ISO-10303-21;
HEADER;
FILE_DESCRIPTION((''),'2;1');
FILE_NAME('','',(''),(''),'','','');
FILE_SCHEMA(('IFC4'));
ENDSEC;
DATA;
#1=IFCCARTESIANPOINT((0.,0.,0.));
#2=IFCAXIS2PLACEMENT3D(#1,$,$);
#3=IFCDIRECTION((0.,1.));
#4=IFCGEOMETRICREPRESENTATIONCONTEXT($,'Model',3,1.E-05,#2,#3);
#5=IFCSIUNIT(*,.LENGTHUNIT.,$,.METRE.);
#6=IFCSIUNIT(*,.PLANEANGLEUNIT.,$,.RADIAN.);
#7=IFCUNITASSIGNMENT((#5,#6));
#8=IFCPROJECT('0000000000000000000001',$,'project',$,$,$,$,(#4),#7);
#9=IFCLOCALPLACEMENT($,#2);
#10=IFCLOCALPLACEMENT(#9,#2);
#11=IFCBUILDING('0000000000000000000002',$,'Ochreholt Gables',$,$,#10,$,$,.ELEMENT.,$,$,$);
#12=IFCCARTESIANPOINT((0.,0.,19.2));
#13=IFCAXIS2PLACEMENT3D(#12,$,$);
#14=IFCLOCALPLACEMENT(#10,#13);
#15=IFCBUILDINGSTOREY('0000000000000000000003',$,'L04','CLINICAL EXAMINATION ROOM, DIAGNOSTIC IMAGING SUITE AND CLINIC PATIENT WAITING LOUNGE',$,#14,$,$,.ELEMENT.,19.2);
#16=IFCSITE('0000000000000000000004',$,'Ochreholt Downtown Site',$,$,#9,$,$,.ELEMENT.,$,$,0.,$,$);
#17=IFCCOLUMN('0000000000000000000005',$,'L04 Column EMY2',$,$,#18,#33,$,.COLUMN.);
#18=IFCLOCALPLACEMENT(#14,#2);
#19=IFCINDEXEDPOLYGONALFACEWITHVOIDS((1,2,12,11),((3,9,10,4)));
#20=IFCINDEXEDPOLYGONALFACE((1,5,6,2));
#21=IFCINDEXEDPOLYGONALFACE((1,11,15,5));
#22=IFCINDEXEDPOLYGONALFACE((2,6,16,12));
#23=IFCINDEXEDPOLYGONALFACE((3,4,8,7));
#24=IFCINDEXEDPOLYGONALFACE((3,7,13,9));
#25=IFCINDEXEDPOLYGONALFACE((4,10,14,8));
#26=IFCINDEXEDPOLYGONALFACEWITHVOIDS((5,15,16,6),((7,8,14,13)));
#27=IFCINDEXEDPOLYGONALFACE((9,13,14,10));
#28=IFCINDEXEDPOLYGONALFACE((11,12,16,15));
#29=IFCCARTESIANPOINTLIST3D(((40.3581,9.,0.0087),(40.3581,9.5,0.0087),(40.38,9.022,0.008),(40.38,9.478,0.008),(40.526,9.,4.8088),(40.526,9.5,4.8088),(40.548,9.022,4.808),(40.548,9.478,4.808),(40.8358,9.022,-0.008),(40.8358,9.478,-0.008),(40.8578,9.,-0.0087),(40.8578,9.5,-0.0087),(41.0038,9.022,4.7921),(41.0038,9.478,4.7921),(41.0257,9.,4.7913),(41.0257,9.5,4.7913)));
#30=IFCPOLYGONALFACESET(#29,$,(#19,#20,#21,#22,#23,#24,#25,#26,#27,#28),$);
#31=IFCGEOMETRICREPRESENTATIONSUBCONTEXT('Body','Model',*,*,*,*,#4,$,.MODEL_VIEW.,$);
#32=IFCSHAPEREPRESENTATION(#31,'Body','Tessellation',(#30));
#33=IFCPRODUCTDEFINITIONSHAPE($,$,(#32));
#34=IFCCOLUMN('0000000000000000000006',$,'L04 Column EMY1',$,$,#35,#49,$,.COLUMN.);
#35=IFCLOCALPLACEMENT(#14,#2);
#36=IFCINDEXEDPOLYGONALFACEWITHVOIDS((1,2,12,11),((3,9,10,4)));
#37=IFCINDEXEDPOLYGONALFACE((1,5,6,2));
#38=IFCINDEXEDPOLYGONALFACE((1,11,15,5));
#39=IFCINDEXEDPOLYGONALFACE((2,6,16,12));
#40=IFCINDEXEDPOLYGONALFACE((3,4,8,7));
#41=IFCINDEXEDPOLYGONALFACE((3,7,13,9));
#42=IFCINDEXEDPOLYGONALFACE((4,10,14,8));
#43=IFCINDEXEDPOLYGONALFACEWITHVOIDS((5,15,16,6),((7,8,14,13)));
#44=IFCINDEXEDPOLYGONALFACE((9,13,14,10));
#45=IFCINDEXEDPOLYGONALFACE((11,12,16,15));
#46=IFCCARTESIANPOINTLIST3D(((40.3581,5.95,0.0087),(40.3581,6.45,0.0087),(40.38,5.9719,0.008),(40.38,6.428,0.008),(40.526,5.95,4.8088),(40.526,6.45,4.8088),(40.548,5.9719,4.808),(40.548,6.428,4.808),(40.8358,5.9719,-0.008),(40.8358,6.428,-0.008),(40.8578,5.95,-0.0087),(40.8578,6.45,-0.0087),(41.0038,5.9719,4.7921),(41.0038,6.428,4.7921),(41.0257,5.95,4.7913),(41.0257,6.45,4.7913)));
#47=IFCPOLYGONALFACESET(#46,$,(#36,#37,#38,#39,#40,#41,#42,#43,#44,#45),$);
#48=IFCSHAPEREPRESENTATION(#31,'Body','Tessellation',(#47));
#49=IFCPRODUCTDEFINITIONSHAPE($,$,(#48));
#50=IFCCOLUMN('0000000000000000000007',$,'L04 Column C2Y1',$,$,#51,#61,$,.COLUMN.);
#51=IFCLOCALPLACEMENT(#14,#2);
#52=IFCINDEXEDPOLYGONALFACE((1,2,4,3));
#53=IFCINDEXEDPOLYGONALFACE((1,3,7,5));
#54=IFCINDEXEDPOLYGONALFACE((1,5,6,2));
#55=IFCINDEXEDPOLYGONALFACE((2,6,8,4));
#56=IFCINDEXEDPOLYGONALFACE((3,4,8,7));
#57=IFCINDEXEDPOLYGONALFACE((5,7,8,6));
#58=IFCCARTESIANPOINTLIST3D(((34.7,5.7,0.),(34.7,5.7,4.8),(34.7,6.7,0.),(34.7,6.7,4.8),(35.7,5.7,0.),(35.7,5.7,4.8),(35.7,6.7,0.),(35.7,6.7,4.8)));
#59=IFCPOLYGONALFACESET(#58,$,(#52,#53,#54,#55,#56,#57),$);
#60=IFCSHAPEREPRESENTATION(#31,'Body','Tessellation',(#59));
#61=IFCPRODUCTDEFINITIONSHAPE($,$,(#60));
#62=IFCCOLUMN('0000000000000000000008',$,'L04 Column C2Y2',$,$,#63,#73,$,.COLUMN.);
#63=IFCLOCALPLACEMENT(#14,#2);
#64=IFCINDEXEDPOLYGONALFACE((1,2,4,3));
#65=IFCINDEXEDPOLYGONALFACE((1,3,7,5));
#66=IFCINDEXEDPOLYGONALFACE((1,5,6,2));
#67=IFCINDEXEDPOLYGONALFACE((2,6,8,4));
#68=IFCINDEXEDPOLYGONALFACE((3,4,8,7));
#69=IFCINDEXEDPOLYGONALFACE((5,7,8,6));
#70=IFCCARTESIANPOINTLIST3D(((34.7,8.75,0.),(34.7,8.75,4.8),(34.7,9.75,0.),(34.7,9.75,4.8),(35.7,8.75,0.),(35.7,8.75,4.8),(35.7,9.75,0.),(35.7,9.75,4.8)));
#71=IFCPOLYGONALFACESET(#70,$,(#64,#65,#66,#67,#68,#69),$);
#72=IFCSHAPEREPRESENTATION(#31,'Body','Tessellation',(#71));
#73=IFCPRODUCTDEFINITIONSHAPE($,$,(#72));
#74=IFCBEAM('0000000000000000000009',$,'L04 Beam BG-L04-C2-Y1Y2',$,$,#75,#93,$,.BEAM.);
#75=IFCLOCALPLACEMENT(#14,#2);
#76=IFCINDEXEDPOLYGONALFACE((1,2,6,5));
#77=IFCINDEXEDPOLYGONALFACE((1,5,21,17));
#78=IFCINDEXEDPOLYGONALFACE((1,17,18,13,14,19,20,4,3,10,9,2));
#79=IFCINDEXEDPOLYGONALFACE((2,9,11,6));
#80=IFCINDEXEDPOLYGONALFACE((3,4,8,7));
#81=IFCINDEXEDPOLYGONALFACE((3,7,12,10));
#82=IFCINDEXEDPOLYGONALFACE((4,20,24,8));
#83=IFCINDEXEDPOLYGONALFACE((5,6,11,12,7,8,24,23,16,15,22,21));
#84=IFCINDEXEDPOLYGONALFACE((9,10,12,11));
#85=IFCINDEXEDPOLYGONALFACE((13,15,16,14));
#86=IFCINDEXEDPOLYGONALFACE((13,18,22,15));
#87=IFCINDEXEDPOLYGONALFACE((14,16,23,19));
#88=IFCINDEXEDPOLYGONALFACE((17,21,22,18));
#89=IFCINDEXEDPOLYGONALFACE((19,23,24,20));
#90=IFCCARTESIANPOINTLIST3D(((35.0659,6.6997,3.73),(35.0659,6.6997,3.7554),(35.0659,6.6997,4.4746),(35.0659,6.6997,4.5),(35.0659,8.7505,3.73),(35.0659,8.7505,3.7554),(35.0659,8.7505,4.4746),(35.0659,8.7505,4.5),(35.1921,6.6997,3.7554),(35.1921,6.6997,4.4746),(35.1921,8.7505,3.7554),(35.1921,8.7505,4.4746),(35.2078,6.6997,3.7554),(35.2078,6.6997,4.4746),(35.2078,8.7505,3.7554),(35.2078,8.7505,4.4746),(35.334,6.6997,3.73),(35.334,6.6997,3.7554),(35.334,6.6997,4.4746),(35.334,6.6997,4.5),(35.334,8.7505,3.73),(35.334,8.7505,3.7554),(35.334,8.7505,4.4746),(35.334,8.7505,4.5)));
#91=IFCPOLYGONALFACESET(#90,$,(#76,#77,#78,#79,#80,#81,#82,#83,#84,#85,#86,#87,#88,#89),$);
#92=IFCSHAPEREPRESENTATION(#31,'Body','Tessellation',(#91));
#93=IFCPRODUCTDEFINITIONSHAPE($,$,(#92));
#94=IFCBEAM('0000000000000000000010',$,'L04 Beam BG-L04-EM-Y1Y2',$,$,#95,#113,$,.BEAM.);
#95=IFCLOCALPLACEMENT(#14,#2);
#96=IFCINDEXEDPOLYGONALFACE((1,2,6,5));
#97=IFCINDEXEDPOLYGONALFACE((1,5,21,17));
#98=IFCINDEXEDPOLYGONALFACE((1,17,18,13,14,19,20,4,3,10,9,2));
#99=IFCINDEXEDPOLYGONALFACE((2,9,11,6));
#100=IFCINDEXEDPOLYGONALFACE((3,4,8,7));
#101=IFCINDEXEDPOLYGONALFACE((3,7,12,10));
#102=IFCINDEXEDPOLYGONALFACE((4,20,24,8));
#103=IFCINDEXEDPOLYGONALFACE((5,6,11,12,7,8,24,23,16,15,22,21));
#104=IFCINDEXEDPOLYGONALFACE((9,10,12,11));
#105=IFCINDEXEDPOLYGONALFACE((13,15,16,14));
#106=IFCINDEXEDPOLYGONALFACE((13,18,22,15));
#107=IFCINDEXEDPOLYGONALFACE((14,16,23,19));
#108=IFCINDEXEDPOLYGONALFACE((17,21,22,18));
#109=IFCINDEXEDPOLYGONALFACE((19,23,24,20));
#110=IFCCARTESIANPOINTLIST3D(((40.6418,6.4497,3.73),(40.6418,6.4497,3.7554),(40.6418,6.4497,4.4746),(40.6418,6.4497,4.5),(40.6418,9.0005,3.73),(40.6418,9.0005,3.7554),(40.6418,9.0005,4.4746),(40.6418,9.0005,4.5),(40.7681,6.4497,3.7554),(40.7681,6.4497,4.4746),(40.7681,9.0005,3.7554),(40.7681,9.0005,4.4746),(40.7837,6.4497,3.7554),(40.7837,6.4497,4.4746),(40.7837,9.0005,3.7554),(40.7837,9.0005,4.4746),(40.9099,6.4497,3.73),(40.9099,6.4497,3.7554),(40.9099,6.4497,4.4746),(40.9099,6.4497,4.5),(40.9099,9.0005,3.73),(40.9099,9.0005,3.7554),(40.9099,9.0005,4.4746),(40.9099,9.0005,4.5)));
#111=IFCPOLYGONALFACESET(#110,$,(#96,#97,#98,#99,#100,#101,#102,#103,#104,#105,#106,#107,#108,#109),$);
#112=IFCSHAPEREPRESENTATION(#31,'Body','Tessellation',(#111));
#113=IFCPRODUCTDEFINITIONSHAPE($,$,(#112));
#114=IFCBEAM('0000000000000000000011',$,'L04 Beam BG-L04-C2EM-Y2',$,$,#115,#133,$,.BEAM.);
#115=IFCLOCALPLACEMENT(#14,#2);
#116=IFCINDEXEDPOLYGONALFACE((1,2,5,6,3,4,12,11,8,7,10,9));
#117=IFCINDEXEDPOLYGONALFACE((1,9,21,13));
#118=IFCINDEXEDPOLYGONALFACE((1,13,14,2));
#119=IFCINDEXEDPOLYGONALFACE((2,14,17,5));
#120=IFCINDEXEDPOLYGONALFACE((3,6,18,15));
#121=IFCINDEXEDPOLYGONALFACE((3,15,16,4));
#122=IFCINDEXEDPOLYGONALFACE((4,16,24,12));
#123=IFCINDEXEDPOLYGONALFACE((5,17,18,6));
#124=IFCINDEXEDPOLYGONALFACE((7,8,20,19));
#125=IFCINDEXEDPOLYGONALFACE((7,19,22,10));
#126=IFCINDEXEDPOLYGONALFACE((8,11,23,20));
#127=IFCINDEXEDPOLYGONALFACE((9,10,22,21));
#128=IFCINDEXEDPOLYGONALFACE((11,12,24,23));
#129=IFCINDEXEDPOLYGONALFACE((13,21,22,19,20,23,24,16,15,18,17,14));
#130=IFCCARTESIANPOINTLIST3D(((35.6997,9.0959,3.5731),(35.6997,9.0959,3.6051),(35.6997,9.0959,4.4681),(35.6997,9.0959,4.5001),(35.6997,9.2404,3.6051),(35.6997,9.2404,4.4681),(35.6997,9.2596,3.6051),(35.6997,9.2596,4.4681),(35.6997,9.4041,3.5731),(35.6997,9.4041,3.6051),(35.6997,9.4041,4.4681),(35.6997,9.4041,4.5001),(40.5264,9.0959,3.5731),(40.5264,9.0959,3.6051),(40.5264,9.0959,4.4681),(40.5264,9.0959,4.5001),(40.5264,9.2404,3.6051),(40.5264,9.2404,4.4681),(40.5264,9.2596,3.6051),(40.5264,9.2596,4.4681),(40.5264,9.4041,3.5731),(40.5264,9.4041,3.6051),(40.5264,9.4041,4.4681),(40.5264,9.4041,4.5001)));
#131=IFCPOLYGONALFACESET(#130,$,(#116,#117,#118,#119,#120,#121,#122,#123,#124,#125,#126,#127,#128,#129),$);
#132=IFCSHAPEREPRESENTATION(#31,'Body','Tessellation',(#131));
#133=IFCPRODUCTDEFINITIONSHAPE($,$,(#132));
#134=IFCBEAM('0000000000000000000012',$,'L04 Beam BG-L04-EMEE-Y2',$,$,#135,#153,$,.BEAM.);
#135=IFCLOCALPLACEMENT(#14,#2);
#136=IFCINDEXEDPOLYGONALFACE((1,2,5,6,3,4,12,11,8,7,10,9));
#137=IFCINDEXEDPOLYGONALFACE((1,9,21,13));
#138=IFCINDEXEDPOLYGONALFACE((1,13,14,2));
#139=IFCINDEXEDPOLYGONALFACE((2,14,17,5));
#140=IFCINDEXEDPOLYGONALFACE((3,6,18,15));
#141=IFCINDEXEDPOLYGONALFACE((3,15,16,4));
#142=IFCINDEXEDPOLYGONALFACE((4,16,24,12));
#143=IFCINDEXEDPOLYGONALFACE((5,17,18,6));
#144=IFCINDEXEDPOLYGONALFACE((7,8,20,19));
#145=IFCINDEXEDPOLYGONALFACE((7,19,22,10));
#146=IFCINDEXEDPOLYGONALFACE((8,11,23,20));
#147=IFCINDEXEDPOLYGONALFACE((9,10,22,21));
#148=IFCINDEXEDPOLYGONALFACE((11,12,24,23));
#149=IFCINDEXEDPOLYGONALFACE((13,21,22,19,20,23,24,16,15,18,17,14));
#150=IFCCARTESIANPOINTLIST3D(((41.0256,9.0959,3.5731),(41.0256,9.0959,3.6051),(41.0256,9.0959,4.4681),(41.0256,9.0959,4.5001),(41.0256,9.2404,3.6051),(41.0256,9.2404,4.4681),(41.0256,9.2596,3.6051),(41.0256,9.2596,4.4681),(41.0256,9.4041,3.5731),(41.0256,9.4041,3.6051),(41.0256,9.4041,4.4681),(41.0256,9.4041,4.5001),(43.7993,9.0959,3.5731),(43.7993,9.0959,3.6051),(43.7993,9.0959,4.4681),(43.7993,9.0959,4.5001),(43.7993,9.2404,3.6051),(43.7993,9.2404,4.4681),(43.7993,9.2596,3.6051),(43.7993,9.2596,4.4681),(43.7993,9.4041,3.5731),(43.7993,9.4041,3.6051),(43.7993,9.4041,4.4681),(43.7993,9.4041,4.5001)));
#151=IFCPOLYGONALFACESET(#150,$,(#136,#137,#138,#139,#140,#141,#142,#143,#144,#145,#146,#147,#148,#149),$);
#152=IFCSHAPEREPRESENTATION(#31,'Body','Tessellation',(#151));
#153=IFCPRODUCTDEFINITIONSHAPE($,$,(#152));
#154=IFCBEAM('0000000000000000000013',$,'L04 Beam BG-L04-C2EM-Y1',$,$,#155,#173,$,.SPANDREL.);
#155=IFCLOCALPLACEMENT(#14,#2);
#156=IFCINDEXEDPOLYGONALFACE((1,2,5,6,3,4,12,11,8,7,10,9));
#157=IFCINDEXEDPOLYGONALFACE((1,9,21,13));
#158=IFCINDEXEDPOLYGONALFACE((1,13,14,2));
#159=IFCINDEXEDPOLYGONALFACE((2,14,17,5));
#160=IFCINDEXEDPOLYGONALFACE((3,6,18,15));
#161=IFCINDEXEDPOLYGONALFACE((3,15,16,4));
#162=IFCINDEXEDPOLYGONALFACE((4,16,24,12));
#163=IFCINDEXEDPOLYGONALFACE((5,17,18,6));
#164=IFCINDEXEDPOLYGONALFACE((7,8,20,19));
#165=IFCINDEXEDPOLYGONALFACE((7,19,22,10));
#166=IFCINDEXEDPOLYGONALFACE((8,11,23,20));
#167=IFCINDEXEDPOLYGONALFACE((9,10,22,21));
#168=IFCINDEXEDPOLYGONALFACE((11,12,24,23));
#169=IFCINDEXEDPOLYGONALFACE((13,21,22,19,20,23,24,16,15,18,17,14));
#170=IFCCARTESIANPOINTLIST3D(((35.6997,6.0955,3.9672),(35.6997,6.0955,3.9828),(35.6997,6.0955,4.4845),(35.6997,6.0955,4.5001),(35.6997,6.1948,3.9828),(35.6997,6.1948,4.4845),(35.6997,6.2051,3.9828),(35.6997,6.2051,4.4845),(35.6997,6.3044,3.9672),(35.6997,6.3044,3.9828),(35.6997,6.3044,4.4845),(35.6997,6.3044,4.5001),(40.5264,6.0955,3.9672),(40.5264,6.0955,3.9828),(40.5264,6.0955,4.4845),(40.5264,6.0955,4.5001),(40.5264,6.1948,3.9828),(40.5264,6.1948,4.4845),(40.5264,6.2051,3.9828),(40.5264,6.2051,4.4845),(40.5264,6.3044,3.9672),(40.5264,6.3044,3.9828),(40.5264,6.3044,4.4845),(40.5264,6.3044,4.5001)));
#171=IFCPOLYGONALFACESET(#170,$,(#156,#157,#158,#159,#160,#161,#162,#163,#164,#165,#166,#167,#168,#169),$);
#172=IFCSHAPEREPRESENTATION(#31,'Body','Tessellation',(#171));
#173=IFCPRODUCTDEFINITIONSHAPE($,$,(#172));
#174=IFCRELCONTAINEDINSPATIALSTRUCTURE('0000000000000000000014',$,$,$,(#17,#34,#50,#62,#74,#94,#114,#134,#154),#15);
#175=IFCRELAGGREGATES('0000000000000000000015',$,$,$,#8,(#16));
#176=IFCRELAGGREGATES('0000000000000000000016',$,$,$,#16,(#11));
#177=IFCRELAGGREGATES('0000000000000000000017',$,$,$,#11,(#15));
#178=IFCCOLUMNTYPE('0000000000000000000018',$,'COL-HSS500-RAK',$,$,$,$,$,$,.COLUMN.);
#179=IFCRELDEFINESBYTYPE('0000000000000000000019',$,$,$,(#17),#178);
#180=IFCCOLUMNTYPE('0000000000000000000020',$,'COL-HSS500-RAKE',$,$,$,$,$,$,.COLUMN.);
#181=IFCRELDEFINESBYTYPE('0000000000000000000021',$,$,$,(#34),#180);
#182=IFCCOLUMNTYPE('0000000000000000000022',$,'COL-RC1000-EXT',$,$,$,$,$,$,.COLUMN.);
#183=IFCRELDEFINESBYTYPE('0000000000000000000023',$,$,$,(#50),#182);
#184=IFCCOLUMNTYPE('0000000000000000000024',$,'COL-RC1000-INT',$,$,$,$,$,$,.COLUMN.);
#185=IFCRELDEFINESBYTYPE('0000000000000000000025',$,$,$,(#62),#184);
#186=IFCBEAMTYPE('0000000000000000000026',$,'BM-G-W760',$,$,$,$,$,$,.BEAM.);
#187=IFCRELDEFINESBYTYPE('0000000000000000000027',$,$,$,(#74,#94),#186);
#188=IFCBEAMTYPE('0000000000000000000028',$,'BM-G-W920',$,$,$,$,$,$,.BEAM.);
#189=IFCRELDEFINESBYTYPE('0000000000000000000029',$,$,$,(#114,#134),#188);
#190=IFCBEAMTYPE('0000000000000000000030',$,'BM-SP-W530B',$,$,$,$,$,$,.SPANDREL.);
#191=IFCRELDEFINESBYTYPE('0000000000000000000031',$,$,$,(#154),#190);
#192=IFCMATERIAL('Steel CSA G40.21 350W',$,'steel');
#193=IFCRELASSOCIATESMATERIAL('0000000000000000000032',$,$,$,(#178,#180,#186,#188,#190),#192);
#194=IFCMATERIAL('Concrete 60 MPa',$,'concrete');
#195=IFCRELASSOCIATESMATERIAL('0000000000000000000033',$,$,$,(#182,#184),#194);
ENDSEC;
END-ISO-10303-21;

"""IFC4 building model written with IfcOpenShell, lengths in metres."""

from ifc_helpers import new_model, si_unit, direction, frame, origin, origin_2d, place, context, subcontext, project, spatial, rectangle, hollow_rectangle, i_section, extrude, material, material_profile, profile_set, type_object, element, save


model = new_model("IFC4")

# Units and contexts
model_context = context("Model", 3, precision=1e-05, world=origin(), true_north=direction((0.0, 1.0)))
body_context = subcontext(model_context, "Body", "Model", "MODEL_VIEW")
ifc_project = project(units=[si_unit("LENGTHUNIT", "METRE"), si_unit("PLANEANGLEUNIT", "RADIAN")], contexts=[model_context])

# Site, building, storey
site_placement = place(None, origin())
site = spatial("IfcSite", under=ifc_project, at=site_placement, Name="Ochreholt Downtown Site", CompositionType="ELEMENT", RefElevation=0.0)
building_placement = place(site_placement, origin())
building = spatial("IfcBuilding", under=site, at=building_placement, Name="Ochreholt Gables", CompositionType="ELEMENT")
storey_placement = place(building_placement, frame((0.0, 0.0, 19.2)))
storey = spatial("IfcBuildingStorey", under=building, at=storey_placement, Name="L04", Description="CLINICAL EXAMINATION ROOM, DIAGNOSTIC IMAGING SUITE AND CLINIC PATIENT WAITING LOUNGE", CompositionType="ELEMENT", Elevation=19.2)

# Columns
ifc_material_1 = material(Name="Steel CSA G40.21 350W", Category="steel")
ifc_material_profile_1 = material_profile(ifc_material_1, hollow_rectangle(XDim=0.5, YDim=0.5, WallThickness=0.022, at=origin_2d()), Name="HSS500X500X22")
ifc_profile_set_1 = profile_set([ifc_material_profile_1], Name="Steel CSA G40.21 350W")
column_type_1 = type_object("IfcColumnType", Name="COL-HSS500-RAK", PredefinedType="COLUMN", material=ifc_profile_set_1)
column_1_placement = place(storey_placement, frame((40.6079, 9.25, 0.0), z_axis=(0.034972, 0.0, 0.999388), x_axis=(0.0, 1.0, 0.0)))
element("IfcColumn", 1, at=column_1_placement, inside=storey, type_object=column_type_1, Name="L04 Column EMY2", PredefinedType="COLUMN", context=body_context, shape_type="SweptSolid", body=[
    extrude(hollow_rectangle(XDim=0.5, YDim=0.5, WallThickness=0.022, at=origin_2d()), origin(), (0.0, 0.0, 1.0), 4.803),
])
ifc_material_profile_2 = material_profile(ifc_material_1, hollow_rectangle(XDim=0.5, YDim=0.5, WallThickness=0.022, at=origin_2d()), Name="HSS500X500X22")
ifc_profile_set_2 = profile_set([ifc_material_profile_2], Name="Steel CSA G40.21 350W")
column_type_2 = type_object("IfcColumnType", Name="COL-HSS500-RAKE", PredefinedType="COLUMN", material=ifc_profile_set_2)
column_2_placement = place(storey_placement, frame((40.6079, 6.2, 0.0), z_axis=(0.034972, 0.0, 0.999388), x_axis=(0.0, 1.0, 0.0)))
element("IfcColumn", 2, at=column_2_placement, inside=storey, type_object=column_type_2, Name="L04 Column EMY1", PredefinedType="COLUMN", context=body_context, shape_type="SweptSolid", body=[
    extrude(hollow_rectangle(XDim=0.5, YDim=0.5, WallThickness=0.022, at=origin_2d()), origin(), (0.0, 0.0, 1.0), 4.803),
])
ifc_material_2 = material(Name="Concrete 60 MPa", Category="concrete")
ifc_material_profile_3 = material_profile(ifc_material_2, rectangle(XDim=1.0, YDim=1.0, at=origin_2d()), Name="RC1000X1000")
ifc_profile_set_3 = profile_set([ifc_material_profile_3], Name="Concrete 60 MPa")
column_type_3 = type_object("IfcColumnType", Name="COL-RC1000-EXT", PredefinedType="COLUMN", material=ifc_profile_set_3)
column_3_placement = place(storey_placement, frame((35.2, 6.2, 0.0), z_axis=(0.0, 0.0, 1.0), x_axis=(1.0, 0.0, 0.0)))
element("IfcColumn", 3, at=column_3_placement, inside=storey, type_object=column_type_3, Name="L04 Column C2Y1", PredefinedType="COLUMN", context=body_context, shape_type="SweptSolid", body=[
    extrude(rectangle(XDim=1.0, YDim=1.0, at=origin_2d()), origin(), (0.0, 0.0, 1.0), 4.8),
])
ifc_material_profile_4 = material_profile(ifc_material_2, rectangle(XDim=1.0, YDim=1.0, at=origin_2d()), Name="RC1000X1000")
ifc_profile_set_4 = profile_set([ifc_material_profile_4], Name="Concrete 60 MPa")
column_type_4 = type_object("IfcColumnType", Name="COL-RC1000-INT", PredefinedType="COLUMN", material=ifc_profile_set_4)
column_4_placement = place(storey_placement, frame((35.2, 9.25, 0.0), z_axis=(0.0, 0.0, 1.0), x_axis=(1.0, 0.0, 0.0)))
element("IfcColumn", 4, at=column_4_placement, inside=storey, type_object=column_type_4, Name="L04 Column C2Y2", PredefinedType="COLUMN", context=body_context, shape_type="SweptSolid", body=[
    extrude(rectangle(XDim=1.0, YDim=1.0, at=origin_2d()), origin(), (0.0, 0.0, 1.0), 4.8),
])

# Beams
ifc_material_profile_5 = material_profile(ifc_material_1, i_section(OverallWidth=0.2681, OverallDepth=0.77, WebThickness=0.0156, FlangeThickness=0.0254, at=origin_2d()), Name="W760X196")
ifc_profile_set_5 = profile_set([ifc_material_profile_5], Name="Steel CSA G40.21 350W")
beam_type_1 = type_object("IfcBeamType", Name="BM-G-W760", PredefinedType="BEAM", material=ifc_profile_set_5)
beam_1_placement = place(storey_placement, frame((35.2, 6.6997, 4.115), z_axis=(0.0, 1.0, 0.0), x_axis=(-1.0, 0.0, 0.0)))
element("IfcBeam", 5, at=beam_1_placement, inside=storey, type_object=beam_type_1, Name="L04 Beam BG-L04-C2-Y1Y2", PredefinedType="BEAM", context=body_context, shape_type="SweptSolid", body=[
    extrude(i_section(OverallWidth=0.2681, OverallDepth=0.77, WebThickness=0.0156, FlangeThickness=0.0254, at=origin_2d()), origin(), (0.0, 0.0, 1.0), 2.0508),
])
beam_2_placement = place(storey_placement, frame((40.7759, 6.4497, 4.115), z_axis=(0.0, 1.0, 0.0), x_axis=(-1.0, 0.0, 0.0)))
element("IfcBeam", 6, at=beam_2_placement, inside=storey, type_object=beam_type_1, Name="L04 Beam BG-L04-EM-Y1Y2", PredefinedType="BEAM", context=body_context, shape_type="SweptSolid", body=[
    extrude(i_section(OverallWidth=0.2681, OverallDepth=0.77, WebThickness=0.0156, FlangeThickness=0.0254, at=origin_2d()), origin(), (0.0, 0.0, 1.0), 2.5508),
])
ifc_material_profile_6 = material_profile(ifc_material_1, i_section(OverallWidth=0.3081, OverallDepth=0.927, WebThickness=0.0193, FlangeThickness=0.032, at=origin_2d()), Name="W920X289")
ifc_profile_set_6 = profile_set([ifc_material_profile_6], Name="Steel CSA G40.21 350W")
beam_type_2 = type_object("IfcBeamType", Name="BM-G-W920", PredefinedType="BEAM", material=ifc_profile_set_6)
beam_3_placement = place(storey_placement, frame((35.6997, 9.25, 4.0366), z_axis=(1.0, 0.0, 0.0), x_axis=(0.0, 1.0, 0.0)))
element("IfcBeam", 7, at=beam_3_placement, inside=storey, type_object=beam_type_2, Name="L04 Beam BG-L04-C2EM-Y2", PredefinedType="BEAM", context=body_context, shape_type="SweptSolid", body=[
    extrude(i_section(OverallWidth=0.3081, OverallDepth=0.927, WebThickness=0.0193, FlangeThickness=0.032, at=origin_2d()), origin(), (0.0, 0.0, 1.0), 4.8267),
])
beam_4_placement = place(storey_placement, frame((41.0256, 9.25, 4.0366), z_axis=(1.0, 0.0, 0.0), x_axis=(0.0, 1.0, 0.0)))
element("IfcBeam", 8, at=beam_4_placement, inside=storey, type_object=beam_type_2, Name="L04 Beam BG-L04-EMEE-Y2", PredefinedType="BEAM", context=body_context, shape_type="SweptSolid", body=[
    extrude(i_section(OverallWidth=0.3081, OverallDepth=0.927, WebThickness=0.0193, FlangeThickness=0.032, at=origin_2d()), origin(), (0.0, 0.0, 1.0), 2.7737),
])
ifc_material_profile_7 = material_profile(ifc_material_1, i_section(OverallWidth=0.209, OverallDepth=0.533, WebThickness=0.0103, FlangeThickness=0.0156, at=origin_2d()), Name="W530X92")
ifc_profile_set_7 = profile_set([ifc_material_profile_7], Name="Steel CSA G40.21 350W")
beam_type_3 = type_object("IfcBeamType", Name="BM-SP-W530B", PredefinedType="SPANDREL", material=ifc_profile_set_7)
beam_5_placement = place(storey_placement, frame((35.6997, 6.2, 4.2336), z_axis=(1.0, 0.0, 0.0), x_axis=(0.0, 1.0, 0.0)))
element("IfcBeam", 9, at=beam_5_placement, inside=storey, type_object=beam_type_3, Name="L04 Beam BG-L04-C2EM-Y1", PredefinedType="SPANDREL", context=body_context, shape_type="SweptSolid", body=[
    extrude(i_section(OverallWidth=0.209, OverallDepth=0.533, WebThickness=0.0103, FlangeThickness=0.0156, at=origin_2d()), origin(), (0.0, 0.0, 1.0), 4.8267),
])

save(model, "model.ifc")
